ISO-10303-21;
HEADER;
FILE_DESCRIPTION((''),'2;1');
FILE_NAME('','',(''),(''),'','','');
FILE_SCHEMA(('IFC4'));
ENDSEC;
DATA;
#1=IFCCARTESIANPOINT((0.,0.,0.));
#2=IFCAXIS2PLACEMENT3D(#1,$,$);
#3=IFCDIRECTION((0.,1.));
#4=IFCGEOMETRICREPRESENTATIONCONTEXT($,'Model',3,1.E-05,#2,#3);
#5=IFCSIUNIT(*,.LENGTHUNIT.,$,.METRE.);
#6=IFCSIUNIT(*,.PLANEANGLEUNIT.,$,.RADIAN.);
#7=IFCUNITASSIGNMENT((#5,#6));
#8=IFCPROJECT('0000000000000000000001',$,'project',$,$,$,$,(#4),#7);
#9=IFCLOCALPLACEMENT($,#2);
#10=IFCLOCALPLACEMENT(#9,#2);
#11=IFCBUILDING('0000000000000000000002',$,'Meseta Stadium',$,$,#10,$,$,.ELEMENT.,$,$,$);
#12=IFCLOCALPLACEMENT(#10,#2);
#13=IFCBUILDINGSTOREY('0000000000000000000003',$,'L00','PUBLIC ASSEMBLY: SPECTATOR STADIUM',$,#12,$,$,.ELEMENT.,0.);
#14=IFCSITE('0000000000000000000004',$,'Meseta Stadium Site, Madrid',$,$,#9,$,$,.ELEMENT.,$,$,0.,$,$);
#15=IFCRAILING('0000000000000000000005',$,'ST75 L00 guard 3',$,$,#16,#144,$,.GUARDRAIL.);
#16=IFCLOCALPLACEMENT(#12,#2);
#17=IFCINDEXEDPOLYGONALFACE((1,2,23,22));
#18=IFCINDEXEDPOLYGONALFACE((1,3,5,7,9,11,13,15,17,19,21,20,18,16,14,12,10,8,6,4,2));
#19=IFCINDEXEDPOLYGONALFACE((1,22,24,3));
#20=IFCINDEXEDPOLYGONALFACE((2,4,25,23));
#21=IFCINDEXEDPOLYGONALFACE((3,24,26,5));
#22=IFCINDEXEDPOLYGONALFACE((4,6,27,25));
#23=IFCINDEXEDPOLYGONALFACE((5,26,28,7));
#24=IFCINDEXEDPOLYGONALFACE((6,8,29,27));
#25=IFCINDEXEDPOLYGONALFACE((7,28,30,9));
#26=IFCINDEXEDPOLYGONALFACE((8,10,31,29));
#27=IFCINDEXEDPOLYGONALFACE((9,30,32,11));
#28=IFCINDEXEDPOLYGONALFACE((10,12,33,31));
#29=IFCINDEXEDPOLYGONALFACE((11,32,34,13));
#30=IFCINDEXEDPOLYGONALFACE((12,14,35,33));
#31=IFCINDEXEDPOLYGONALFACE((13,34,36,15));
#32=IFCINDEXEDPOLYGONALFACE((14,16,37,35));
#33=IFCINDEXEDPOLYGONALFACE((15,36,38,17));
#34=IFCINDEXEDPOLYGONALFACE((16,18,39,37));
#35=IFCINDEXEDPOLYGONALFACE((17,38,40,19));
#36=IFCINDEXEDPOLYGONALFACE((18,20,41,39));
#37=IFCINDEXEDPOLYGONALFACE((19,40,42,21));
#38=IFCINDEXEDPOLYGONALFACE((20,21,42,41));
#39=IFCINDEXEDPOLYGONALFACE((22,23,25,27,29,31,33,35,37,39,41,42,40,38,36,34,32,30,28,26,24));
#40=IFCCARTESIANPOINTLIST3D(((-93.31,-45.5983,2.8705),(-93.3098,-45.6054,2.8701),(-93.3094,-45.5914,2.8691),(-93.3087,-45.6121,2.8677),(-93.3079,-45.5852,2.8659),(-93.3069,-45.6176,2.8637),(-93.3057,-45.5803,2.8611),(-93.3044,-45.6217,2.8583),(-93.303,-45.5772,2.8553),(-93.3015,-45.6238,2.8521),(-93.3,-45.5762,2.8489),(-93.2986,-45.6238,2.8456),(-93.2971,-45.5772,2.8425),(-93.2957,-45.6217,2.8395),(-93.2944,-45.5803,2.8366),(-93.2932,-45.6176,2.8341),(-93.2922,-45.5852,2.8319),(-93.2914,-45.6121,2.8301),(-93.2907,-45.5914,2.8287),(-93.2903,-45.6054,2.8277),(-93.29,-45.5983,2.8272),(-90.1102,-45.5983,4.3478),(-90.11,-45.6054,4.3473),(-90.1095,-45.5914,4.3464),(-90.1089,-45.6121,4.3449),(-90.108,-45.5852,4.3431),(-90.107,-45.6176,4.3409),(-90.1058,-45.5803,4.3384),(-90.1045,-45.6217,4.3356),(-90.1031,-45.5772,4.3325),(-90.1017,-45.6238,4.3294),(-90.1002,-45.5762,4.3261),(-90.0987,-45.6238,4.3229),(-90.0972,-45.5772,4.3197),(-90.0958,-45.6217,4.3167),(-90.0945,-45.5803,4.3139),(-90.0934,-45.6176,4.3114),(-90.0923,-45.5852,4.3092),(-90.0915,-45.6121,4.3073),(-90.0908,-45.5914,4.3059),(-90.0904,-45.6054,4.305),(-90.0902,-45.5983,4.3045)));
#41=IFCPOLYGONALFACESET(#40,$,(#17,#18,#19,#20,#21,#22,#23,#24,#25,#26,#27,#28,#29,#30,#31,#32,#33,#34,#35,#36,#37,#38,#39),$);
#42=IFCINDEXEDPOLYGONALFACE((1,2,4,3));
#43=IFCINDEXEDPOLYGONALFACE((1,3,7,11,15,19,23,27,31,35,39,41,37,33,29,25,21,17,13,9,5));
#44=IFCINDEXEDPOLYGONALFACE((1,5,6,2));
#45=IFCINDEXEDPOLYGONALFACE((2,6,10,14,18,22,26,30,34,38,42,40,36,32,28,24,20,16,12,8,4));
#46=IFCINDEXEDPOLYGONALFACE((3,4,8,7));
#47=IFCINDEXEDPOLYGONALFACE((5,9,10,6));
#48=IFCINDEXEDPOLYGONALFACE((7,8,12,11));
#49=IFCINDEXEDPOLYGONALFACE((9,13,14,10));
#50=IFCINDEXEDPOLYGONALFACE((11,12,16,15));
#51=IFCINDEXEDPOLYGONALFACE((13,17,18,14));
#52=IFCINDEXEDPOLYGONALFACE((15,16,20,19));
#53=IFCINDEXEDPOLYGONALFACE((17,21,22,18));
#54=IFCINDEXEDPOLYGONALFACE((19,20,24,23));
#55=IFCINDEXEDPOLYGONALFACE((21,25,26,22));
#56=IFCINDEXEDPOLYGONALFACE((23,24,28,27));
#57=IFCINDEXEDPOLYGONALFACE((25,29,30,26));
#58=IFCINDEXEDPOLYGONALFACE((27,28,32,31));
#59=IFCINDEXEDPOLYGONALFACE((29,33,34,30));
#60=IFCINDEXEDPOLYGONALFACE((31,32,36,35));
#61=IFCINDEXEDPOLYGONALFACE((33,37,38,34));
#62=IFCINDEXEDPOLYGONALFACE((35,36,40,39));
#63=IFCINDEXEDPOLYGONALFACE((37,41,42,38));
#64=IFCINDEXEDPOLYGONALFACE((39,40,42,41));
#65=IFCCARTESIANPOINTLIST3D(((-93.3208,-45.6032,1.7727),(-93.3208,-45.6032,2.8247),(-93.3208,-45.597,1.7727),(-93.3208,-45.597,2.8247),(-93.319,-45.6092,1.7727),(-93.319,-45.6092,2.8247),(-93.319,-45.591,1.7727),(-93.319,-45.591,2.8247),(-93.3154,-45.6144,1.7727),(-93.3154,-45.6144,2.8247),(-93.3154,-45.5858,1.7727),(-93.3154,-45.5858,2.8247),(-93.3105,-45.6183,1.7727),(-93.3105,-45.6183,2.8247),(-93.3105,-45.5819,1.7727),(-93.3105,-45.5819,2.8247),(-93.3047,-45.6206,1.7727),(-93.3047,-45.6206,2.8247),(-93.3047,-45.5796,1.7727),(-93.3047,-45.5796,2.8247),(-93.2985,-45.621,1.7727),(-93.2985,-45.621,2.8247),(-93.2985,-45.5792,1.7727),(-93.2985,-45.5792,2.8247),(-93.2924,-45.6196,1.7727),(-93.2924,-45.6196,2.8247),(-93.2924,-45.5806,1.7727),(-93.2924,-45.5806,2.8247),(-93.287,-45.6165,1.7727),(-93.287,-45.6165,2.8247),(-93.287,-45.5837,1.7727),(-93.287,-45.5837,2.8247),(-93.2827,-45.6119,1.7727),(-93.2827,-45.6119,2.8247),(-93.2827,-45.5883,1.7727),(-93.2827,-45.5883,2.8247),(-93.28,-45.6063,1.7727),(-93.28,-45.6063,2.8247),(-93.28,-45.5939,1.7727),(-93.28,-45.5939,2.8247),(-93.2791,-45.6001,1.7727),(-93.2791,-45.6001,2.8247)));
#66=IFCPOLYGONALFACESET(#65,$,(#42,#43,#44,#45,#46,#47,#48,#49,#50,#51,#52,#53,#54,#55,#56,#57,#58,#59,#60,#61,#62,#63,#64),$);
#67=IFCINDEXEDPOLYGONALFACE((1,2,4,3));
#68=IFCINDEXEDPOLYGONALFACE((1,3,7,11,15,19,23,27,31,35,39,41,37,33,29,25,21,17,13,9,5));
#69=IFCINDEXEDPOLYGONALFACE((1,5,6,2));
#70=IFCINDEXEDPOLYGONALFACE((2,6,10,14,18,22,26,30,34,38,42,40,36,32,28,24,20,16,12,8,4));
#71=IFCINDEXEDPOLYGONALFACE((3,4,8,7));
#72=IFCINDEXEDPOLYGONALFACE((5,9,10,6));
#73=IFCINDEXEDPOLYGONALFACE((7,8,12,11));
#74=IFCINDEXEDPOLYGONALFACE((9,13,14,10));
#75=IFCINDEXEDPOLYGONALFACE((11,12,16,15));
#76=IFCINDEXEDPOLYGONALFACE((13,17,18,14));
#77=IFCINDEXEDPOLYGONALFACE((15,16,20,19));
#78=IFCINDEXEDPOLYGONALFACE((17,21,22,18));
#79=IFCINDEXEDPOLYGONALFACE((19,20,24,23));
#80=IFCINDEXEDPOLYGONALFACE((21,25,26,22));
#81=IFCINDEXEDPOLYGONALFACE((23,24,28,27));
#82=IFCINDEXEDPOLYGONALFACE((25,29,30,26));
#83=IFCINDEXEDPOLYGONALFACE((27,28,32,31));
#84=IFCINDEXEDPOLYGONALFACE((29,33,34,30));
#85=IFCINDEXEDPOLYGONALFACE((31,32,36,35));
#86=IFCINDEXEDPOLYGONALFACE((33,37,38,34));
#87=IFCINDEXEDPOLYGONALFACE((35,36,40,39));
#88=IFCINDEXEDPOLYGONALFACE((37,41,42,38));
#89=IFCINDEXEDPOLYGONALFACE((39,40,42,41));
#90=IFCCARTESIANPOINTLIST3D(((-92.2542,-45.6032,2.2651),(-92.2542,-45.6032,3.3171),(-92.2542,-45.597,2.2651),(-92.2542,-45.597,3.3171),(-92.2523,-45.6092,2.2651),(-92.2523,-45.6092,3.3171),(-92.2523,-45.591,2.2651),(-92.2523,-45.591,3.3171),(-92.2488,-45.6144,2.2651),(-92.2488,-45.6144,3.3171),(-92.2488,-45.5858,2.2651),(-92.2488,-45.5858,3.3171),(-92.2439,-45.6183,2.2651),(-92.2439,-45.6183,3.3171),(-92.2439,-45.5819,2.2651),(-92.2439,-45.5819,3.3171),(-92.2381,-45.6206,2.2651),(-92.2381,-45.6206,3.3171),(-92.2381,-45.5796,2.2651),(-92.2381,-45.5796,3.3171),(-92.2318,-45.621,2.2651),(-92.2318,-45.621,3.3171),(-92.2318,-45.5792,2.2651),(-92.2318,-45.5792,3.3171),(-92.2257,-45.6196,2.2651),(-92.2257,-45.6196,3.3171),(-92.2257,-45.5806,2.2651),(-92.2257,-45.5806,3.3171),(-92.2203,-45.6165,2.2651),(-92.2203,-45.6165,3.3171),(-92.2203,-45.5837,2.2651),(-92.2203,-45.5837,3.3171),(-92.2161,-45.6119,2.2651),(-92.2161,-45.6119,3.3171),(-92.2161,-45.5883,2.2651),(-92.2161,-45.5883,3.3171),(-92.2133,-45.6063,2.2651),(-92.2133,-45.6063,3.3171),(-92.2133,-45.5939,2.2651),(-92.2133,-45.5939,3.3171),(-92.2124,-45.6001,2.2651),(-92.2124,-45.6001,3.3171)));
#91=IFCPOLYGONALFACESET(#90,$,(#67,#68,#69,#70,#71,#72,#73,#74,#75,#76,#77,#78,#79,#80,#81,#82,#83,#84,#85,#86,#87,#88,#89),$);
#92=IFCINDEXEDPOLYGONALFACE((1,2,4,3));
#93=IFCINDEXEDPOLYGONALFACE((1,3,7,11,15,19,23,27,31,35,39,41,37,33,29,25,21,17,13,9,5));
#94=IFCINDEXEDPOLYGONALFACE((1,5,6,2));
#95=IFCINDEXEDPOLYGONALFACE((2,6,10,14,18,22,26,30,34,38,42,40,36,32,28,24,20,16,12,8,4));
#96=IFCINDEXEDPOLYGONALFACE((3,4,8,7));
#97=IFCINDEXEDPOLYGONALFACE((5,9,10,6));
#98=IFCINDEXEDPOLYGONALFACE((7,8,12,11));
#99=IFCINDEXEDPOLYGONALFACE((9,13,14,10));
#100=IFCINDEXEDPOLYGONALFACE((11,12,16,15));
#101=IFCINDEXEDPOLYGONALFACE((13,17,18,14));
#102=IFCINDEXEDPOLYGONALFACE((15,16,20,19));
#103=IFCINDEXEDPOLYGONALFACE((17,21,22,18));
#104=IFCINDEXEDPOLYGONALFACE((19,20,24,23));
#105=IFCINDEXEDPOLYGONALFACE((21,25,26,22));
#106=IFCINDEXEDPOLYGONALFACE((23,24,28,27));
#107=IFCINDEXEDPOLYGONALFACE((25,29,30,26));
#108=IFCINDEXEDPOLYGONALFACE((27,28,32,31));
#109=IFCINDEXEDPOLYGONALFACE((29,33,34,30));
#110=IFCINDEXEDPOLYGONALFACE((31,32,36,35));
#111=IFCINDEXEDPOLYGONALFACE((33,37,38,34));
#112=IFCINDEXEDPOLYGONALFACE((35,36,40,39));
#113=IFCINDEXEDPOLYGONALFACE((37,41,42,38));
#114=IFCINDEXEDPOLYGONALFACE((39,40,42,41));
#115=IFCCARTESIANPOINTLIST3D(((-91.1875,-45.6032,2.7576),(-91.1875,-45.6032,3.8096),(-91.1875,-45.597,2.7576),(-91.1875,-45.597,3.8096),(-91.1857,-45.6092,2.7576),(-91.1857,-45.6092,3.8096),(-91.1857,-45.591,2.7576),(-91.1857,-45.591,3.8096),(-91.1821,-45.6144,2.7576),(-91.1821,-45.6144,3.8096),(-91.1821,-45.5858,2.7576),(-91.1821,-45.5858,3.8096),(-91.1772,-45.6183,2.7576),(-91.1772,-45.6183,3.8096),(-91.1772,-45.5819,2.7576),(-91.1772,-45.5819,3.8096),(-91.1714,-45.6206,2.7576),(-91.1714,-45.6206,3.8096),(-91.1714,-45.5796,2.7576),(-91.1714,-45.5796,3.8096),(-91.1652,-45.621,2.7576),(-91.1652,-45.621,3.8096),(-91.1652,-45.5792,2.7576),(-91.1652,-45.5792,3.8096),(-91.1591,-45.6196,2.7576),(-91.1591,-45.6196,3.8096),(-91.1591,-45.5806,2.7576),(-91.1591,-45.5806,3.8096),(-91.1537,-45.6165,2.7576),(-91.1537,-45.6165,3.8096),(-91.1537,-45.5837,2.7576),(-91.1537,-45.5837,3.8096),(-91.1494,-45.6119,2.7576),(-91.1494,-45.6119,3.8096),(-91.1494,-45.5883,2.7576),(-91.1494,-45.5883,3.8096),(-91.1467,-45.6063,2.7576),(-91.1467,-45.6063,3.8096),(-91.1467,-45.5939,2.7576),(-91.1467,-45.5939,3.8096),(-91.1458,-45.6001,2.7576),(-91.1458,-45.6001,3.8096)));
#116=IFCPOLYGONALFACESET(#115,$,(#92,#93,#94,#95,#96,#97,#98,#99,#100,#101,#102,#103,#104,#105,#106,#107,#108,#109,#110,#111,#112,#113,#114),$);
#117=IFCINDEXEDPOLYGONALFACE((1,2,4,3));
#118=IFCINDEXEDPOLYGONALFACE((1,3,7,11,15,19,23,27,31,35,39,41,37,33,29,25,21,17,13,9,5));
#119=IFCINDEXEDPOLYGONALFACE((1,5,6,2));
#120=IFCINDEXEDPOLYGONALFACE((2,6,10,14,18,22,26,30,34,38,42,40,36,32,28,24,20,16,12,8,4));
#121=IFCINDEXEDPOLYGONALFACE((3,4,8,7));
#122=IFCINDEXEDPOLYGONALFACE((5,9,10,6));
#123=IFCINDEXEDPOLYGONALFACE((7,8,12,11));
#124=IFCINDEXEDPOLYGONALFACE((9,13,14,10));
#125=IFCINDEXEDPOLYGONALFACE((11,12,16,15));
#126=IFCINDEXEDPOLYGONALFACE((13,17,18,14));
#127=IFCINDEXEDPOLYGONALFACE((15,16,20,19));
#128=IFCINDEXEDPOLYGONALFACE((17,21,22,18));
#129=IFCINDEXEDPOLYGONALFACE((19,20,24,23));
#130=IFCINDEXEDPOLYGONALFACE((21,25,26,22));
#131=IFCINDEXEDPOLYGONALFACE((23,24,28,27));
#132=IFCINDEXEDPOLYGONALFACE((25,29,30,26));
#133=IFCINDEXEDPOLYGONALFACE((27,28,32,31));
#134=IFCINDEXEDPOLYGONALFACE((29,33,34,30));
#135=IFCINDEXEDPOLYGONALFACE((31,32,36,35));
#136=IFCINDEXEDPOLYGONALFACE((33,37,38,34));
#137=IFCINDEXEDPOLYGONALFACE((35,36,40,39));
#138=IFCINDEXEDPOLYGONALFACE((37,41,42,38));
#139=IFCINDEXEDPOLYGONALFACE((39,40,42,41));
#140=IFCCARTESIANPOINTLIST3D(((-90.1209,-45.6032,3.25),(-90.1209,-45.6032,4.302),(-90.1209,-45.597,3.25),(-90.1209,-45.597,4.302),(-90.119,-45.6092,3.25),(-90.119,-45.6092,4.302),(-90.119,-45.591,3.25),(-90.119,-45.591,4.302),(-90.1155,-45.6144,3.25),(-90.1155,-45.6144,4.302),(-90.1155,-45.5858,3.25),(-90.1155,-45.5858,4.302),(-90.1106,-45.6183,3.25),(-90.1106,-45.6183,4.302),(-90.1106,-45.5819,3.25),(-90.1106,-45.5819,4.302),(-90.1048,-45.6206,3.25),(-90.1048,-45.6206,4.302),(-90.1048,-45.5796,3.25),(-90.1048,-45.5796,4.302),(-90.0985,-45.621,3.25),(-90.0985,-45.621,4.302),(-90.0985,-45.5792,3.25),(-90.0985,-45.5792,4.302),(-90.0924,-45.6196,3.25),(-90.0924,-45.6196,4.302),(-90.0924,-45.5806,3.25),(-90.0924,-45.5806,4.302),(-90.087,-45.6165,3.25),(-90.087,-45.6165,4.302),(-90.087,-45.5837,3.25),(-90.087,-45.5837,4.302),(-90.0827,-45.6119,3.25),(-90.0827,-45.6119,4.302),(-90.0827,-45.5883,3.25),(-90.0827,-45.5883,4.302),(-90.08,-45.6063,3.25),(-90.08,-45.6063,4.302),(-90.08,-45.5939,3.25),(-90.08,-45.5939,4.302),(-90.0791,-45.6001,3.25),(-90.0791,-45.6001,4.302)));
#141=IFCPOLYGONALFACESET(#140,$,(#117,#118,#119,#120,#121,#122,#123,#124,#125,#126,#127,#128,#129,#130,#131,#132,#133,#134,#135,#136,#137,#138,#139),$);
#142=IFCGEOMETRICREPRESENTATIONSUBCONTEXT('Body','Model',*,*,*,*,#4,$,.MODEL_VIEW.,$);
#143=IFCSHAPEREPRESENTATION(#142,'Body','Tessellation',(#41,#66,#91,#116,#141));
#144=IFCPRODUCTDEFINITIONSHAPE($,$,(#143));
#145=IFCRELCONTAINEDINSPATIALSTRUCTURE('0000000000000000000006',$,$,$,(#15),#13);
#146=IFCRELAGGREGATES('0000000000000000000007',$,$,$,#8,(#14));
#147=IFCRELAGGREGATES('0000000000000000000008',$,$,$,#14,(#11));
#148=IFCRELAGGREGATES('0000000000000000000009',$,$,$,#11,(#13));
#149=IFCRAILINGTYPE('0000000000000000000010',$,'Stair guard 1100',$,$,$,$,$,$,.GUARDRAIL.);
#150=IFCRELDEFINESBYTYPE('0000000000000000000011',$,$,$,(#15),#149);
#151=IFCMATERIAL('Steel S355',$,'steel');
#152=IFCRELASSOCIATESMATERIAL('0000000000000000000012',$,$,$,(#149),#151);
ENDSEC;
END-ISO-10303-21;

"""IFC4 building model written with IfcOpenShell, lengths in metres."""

from ifc_helpers import new_model, si_unit, direction, frame, origin, origin_2d, place, context, subcontext, project, spatial, circle, extrude, material, type_object, element, save


model = new_model("IFC4")

# Units and contexts
model_context = context("Model", 3, precision=1e-05, world=origin(), true_north=direction((0.0, 1.0)))
body_context = subcontext(model_context, "Body", "Model", "MODEL_VIEW")
ifc_project = project(units=[si_unit("LENGTHUNIT", "METRE"), si_unit("PLANEANGLEUNIT", "RADIAN")], contexts=[model_context])

# Site, building, storey
site_placement = place(None, origin())
site = spatial("IfcSite", under=ifc_project, at=site_placement, Name="Meseta Stadium Site, Madrid", CompositionType="ELEMENT", RefElevation=0.0)
building_placement = place(site_placement, origin())
building = spatial("IfcBuilding", under=site, at=building_placement, Name="Meseta Stadium", CompositionType="ELEMENT")
storey_placement = place(building_placement, origin())
storey = spatial("IfcBuildingStorey", under=building, at=storey_placement, Name="L00", Description="PUBLIC ASSEMBLY: SPECTATOR STADIUM", CompositionType="ELEMENT", Elevation=0.0)

# Railing
ifc_material_1 = material(Name="Steel S355", Category="steel")
railing_type_1 = type_object("IfcRailingType", Name="Stair guard 1100", PredefinedType="GUARDRAIL", material=ifc_material_1)
railing_1_placement = place(storey_placement, frame((-93.3, -45.6001, 1.7727)))
element("IfcRailing", 1, at=railing_1_placement, inside=storey, type_object=railing_type_1, Name="ST75 L00 guard 3", PredefinedType="GUARDRAIL", context=body_context, shape_type="SweptSolid", body=[
    extrude(circle(Radius=0.0239, at=origin_2d()), frame((0.0, 0.0, 1.0762), z_axis=(0.907917, 0.0, 0.41915), x_axis=(0.0, 1.0, 0.0)), (0.0, 0.0, 1.0), 3.5244),
    extrude(circle(Radius=0.021, at=origin_2d()), origin(), (0.0, 0.0, 1.0), 1.052),
    extrude(circle(Radius=0.021, at=origin_2d()), frame((1.0667, 0.0, 0.4924)), (0.0, 0.0, 1.0), 1.052),
    extrude(circle(Radius=0.021, at=origin_2d()), frame((2.1333, 0.0, 0.9849)), (0.0, 0.0, 1.0), 1.052),
    extrude(circle(Radius=0.021, at=origin_2d()), frame((3.2, 0.0, 1.4773)), (0.0, 0.0, 1.0), 1.052),
])

save(model, "model.ifc")
